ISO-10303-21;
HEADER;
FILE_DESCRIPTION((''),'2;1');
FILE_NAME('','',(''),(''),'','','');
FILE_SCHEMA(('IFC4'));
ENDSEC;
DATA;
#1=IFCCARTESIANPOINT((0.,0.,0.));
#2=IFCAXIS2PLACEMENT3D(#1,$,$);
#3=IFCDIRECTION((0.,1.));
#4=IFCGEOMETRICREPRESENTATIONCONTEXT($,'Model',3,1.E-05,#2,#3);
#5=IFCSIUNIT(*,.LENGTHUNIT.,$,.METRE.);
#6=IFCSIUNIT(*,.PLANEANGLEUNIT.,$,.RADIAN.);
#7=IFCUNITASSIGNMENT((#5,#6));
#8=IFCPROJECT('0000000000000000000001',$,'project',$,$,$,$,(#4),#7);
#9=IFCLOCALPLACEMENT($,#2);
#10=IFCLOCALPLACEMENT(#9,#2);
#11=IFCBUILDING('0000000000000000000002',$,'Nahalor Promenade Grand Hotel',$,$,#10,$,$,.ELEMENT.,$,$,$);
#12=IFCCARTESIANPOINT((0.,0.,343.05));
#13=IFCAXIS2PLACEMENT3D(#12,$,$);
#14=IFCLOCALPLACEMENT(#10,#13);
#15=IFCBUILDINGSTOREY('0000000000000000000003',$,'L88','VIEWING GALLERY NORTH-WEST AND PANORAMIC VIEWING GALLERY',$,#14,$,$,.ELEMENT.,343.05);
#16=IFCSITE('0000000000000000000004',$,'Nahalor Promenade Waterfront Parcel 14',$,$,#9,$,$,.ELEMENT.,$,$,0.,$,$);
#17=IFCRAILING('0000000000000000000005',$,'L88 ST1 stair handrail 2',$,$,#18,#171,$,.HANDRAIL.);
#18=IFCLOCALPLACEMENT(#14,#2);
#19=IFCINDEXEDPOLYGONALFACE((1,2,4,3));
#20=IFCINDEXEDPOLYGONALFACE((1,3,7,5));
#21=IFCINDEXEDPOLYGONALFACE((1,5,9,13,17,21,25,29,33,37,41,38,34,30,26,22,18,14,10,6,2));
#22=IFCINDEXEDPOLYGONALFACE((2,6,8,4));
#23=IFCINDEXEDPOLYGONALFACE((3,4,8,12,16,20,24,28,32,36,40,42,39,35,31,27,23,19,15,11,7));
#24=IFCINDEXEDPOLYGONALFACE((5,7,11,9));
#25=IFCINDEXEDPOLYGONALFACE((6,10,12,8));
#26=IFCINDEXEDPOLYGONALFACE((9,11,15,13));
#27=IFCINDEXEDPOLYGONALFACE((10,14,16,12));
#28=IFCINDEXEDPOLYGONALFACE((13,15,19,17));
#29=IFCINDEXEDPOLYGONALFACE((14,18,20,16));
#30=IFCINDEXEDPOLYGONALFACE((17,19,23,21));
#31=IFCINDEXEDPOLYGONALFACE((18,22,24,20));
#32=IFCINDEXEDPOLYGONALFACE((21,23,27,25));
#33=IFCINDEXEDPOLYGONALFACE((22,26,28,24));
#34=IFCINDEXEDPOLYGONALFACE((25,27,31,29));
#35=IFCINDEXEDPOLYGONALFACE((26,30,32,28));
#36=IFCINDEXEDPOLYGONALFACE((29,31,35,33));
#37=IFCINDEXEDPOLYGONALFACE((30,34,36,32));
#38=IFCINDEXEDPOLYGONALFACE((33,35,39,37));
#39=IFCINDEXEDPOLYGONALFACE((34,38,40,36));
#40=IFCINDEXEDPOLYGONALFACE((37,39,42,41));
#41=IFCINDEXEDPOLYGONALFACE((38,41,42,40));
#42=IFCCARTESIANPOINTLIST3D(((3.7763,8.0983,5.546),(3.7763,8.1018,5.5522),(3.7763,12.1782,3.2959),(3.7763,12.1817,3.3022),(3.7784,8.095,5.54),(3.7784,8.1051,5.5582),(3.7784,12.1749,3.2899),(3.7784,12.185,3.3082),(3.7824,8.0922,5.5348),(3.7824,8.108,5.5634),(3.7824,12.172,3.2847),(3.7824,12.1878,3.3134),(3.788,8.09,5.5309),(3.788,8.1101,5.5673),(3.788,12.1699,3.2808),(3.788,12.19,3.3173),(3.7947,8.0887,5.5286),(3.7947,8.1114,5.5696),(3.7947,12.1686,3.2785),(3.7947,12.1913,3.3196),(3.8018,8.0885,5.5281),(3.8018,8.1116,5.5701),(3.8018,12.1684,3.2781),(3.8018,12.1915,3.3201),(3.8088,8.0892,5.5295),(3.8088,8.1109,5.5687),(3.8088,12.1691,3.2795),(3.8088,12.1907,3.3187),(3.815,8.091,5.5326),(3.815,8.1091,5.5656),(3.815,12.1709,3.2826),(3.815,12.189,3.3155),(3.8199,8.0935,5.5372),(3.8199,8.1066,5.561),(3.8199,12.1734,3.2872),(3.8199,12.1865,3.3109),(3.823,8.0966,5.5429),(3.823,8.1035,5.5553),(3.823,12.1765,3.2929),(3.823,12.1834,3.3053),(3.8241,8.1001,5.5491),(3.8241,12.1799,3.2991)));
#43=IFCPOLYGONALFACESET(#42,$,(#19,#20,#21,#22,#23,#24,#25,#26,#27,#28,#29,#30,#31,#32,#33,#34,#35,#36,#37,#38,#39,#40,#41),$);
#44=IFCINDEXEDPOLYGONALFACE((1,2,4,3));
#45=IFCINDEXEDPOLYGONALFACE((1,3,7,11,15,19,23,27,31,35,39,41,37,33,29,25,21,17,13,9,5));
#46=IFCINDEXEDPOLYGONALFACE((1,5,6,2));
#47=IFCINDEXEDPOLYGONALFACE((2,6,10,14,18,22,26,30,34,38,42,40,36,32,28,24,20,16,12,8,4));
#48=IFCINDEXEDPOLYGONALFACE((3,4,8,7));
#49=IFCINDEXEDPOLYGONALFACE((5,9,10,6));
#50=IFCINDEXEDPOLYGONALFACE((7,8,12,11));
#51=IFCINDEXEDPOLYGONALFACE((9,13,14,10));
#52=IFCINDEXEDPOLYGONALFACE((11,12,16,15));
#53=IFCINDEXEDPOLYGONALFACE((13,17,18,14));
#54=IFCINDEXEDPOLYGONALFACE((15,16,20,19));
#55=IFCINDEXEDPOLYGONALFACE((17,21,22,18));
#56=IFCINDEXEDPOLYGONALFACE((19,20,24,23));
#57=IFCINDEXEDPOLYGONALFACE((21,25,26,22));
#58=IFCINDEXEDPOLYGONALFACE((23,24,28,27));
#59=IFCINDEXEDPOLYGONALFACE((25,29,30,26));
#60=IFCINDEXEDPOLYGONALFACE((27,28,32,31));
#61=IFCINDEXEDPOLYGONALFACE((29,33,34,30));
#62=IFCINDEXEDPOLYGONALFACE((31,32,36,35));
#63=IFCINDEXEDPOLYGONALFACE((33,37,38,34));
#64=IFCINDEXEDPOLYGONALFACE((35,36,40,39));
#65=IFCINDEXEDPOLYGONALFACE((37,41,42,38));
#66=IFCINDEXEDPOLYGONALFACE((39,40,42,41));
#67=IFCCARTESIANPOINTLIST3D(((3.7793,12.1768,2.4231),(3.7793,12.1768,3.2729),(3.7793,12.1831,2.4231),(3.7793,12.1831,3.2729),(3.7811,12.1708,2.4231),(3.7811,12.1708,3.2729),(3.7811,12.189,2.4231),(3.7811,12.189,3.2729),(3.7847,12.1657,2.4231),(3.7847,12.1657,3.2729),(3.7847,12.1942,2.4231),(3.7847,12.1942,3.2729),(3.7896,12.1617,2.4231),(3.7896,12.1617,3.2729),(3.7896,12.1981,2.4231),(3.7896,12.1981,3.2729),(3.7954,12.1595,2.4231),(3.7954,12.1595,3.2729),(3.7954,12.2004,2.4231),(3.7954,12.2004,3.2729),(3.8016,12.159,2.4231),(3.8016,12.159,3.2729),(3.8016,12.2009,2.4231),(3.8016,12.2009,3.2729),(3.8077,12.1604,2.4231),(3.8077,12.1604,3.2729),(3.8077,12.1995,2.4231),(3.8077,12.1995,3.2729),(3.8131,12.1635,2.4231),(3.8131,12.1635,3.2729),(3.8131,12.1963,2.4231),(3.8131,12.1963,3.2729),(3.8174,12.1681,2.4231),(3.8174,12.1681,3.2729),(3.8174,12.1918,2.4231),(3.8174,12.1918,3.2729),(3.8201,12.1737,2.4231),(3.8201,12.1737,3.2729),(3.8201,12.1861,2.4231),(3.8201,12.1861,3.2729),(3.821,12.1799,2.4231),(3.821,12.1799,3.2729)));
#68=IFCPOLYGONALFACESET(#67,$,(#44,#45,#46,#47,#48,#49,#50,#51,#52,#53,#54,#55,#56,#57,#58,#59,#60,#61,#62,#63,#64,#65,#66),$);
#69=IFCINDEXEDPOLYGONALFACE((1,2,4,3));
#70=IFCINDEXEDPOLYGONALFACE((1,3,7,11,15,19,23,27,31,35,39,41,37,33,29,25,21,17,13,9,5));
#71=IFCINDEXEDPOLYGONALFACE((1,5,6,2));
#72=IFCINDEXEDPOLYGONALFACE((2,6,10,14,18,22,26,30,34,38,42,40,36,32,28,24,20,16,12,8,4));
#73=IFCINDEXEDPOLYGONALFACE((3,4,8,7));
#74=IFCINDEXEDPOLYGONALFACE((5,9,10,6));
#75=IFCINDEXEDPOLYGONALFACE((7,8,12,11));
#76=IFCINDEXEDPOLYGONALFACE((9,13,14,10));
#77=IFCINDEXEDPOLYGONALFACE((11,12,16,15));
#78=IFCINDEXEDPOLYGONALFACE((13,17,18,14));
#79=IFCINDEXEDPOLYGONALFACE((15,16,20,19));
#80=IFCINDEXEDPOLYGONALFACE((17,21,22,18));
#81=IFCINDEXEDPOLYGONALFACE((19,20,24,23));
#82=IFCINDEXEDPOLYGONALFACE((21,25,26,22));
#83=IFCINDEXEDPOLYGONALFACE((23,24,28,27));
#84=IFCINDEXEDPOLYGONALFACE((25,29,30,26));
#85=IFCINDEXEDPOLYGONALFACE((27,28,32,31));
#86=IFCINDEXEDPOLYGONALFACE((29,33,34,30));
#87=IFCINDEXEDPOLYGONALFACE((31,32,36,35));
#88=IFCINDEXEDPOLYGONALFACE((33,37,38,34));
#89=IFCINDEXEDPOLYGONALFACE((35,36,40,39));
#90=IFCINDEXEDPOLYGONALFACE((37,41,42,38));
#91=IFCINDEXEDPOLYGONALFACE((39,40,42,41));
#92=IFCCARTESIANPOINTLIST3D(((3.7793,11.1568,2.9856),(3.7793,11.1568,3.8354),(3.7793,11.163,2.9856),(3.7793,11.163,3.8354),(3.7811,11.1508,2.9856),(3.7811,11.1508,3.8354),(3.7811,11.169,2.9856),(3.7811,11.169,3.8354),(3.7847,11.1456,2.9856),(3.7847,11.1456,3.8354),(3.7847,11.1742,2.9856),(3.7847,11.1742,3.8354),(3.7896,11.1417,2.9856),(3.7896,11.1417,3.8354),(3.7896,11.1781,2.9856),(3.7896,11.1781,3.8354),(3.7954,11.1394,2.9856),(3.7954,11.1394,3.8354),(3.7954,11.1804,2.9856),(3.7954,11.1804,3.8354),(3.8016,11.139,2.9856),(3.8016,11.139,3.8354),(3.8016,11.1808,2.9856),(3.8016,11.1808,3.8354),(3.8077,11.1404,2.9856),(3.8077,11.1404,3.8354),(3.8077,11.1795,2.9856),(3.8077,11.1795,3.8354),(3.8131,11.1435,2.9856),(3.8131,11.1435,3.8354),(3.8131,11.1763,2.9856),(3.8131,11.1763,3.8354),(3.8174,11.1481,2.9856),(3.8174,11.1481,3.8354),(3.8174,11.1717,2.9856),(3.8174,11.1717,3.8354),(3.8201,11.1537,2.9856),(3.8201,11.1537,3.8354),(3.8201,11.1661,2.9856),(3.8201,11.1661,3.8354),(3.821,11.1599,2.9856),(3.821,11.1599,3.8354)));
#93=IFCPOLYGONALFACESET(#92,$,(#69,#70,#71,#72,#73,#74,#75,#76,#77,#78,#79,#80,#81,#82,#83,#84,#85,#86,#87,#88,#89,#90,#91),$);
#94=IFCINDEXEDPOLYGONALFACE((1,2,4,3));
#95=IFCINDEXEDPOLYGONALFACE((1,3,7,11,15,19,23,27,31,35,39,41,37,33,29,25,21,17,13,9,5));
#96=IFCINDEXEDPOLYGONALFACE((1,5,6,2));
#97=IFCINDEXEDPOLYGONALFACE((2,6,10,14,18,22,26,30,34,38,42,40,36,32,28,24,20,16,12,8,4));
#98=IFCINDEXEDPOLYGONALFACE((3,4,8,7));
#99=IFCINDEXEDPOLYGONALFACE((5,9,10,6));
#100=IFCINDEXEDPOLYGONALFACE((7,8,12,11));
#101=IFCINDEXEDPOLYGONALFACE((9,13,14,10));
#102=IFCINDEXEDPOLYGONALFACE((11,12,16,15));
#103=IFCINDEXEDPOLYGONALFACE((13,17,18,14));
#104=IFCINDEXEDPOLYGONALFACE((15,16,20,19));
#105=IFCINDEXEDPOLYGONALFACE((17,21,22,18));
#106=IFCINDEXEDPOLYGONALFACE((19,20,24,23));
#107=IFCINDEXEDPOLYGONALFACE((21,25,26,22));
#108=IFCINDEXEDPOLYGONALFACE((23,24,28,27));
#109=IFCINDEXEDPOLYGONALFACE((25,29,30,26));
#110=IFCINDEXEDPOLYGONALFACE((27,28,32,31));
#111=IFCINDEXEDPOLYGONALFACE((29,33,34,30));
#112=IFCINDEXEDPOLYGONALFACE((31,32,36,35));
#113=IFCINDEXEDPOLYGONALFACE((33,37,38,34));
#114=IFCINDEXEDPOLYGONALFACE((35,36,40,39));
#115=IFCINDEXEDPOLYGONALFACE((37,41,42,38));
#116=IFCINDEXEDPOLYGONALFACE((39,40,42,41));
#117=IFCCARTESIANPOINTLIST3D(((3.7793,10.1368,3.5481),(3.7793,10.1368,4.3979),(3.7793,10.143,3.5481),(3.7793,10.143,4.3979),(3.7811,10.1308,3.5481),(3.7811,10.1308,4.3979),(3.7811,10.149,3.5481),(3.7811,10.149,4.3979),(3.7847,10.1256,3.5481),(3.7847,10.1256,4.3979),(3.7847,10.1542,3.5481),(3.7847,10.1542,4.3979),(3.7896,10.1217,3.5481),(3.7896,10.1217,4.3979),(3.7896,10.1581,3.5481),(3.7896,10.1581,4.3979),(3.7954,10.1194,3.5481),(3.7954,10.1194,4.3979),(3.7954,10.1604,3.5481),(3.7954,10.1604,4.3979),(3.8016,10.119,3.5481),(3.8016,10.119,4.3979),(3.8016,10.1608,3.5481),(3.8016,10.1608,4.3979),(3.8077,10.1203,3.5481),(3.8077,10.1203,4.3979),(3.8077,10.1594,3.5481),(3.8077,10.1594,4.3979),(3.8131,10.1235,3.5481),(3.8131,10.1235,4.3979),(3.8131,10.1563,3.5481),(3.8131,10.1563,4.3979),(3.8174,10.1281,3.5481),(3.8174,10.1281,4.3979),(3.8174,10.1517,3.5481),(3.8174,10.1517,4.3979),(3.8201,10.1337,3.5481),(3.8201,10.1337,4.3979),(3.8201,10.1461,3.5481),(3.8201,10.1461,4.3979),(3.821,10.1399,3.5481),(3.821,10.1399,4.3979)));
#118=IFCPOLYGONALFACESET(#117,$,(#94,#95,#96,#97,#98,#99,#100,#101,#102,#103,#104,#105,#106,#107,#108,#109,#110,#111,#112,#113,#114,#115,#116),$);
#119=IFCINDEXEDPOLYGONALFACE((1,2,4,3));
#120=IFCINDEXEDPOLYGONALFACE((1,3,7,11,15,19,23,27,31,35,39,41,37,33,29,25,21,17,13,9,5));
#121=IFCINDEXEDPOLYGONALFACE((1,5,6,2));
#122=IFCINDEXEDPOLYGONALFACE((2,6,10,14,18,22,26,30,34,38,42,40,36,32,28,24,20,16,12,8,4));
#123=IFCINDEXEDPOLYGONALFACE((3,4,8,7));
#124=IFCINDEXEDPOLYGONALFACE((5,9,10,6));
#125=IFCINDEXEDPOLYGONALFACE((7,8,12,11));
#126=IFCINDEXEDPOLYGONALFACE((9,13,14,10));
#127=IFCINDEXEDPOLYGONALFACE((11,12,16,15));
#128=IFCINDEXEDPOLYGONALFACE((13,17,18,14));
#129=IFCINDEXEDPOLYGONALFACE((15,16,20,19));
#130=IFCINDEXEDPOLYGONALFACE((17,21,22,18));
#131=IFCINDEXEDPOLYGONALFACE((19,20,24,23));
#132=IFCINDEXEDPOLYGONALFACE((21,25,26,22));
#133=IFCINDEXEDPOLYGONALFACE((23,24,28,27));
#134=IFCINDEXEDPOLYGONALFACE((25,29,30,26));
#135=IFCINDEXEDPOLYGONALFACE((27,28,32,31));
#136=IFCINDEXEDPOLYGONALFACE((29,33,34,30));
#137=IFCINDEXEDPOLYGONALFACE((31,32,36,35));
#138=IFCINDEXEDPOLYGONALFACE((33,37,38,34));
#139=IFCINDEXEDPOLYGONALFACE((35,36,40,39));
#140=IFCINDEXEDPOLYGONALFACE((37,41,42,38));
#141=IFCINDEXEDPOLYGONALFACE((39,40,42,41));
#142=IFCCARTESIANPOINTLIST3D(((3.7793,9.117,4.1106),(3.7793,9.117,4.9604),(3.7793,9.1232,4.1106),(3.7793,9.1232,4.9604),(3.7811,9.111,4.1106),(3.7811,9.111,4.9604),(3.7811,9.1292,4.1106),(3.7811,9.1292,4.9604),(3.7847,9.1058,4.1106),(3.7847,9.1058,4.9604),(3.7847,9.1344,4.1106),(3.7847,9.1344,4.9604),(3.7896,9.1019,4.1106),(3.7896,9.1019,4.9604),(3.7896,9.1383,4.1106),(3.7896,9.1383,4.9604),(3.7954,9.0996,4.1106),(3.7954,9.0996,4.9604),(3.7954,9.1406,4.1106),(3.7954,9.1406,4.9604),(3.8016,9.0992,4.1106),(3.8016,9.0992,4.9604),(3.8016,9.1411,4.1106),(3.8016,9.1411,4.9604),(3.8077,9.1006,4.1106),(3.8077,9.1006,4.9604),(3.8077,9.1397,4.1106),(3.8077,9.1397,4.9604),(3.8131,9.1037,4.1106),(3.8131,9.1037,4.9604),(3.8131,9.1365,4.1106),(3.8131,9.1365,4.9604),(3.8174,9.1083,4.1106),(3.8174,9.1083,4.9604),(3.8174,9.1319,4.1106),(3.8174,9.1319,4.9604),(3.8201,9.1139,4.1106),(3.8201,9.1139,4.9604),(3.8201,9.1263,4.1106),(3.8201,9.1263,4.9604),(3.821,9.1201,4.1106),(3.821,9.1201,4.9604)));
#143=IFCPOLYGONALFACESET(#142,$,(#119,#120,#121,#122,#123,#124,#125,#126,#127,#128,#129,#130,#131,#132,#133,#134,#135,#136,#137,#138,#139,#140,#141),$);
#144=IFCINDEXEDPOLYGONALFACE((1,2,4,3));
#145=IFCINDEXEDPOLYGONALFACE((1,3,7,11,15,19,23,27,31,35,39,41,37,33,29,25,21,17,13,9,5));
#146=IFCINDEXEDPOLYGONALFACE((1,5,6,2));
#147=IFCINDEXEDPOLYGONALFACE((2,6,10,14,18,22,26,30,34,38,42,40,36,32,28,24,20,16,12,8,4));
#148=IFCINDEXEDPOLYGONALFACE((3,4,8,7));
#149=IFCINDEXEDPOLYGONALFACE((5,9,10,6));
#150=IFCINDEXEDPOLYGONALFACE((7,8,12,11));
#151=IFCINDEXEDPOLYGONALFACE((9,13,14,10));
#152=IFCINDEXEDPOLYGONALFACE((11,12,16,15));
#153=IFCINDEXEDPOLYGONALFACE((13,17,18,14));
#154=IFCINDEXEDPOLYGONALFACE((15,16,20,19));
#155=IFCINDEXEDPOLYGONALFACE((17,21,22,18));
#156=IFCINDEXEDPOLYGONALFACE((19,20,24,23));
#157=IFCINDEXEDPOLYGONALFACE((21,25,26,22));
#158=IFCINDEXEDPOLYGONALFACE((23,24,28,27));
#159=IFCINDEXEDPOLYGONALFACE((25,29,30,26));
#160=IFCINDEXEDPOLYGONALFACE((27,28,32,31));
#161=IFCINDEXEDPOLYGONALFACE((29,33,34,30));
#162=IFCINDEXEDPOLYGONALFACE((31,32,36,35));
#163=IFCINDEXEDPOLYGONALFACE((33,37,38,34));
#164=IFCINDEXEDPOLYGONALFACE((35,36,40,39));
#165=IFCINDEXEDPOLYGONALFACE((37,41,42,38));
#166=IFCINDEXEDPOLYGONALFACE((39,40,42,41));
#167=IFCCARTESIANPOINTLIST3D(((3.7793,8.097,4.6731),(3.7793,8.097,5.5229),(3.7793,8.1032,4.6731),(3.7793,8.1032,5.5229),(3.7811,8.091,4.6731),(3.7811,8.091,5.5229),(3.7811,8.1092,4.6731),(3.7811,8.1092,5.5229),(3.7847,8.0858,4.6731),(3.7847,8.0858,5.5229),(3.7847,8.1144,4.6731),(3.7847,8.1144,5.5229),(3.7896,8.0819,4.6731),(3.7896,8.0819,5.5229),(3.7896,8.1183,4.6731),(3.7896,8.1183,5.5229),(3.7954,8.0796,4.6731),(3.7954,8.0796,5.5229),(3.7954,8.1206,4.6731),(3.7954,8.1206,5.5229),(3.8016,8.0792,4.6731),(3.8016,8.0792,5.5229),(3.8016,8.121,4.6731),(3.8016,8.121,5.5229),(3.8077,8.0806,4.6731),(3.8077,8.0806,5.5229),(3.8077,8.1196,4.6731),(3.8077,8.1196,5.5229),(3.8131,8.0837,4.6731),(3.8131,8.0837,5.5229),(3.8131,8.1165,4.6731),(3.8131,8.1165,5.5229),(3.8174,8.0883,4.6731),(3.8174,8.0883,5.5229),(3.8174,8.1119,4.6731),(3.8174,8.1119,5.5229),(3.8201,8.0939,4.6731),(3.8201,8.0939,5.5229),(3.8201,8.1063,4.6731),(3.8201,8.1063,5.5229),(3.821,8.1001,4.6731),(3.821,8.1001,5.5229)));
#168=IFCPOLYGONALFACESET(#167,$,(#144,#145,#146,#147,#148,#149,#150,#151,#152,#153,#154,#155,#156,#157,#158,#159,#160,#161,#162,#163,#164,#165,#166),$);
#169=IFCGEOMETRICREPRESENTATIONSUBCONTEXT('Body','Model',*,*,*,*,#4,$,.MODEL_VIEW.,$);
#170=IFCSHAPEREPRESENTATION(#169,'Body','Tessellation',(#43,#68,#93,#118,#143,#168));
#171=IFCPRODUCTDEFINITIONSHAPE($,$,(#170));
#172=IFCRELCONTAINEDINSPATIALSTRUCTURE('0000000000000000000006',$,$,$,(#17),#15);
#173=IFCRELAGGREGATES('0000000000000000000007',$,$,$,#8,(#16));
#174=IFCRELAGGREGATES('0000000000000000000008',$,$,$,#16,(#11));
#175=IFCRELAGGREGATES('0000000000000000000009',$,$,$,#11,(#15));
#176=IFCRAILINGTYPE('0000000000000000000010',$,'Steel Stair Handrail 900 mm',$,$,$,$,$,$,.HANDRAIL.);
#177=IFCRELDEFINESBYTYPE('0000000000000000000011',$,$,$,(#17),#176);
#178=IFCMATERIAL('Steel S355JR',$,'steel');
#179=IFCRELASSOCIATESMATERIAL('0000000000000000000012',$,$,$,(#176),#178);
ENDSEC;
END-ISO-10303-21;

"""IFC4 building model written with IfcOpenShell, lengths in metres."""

from ifc_helpers import new_model, si_unit, direction, frame, origin, origin_2d, place, context, subcontext, project, spatial, circle, extrude, material, type_object, element, save


model = new_model("IFC4")

# Units and contexts
model_context = context("Model", 3, precision=1e-05, world=origin(), true_north=direction((0.0, 1.0)))
body_context = subcontext(model_context, "Body", "Model", "MODEL_VIEW")
ifc_project = project(units=[si_unit("LENGTHUNIT", "METRE"), si_unit("PLANEANGLEUNIT", "RADIAN")], contexts=[model_context])

# Site, building, storey
site_placement = place(None, origin())
site = spatial("IfcSite", under=ifc_project, at=site_placement, Name="Nahalor Promenade Waterfront Parcel 14", CompositionType="ELEMENT", RefElevation=0.0)
building_placement = place(site_placement, origin())
building = spatial("IfcBuilding", under=site, at=building_placement, Name="Nahalor Promenade Grand Hotel", CompositionType="ELEMENT")
storey_placement = place(building_placement, frame((0.0, 0.0, 343.05)))
storey = spatial("IfcBuildingStorey", under=building, at=storey_placement, Name="L88", Description="VIEWING GALLERY NORTH-WEST AND PANORAMIC VIEWING GALLERY", CompositionType="ELEMENT", Elevation=343.05)

# Shared definitions
ifc_material_1 = material(Name="Steel S355JR", Category="steel")

# Railing
railing_type_1 = type_object("IfcRailingType", Name="Steel Stair Handrail 900 mm", PredefinedType="HANDRAIL", material=ifc_material_1)
railing_1_placement = place(storey_placement, frame((3.8, 12.1799, 2.4231)))
element("IfcRailing", 1, at=railing_1_placement, inside=storey, type_object=railing_type_1, Name="L88 ST1 stair handrail 2", PredefinedType="HANDRAIL", context=body_context, shape_type="SweptSolid", body=[
    extrude(circle(Radius=0.024, at=origin_2d()), frame((0.0, 0.0, 0.876), z_axis=(0.0, -0.875663, 0.482922), x_axis=(1.0, 0.0, 0.0)), (0.0, 0.0, 1.0), 4.6592),
    extrude(circle(Radius=0.021, at=origin_2d()), origin(), (0.0, 0.0, 1.0), 0.8499),
    extrude(circle(Radius=0.021, at=origin_2d()), frame((0.0, -1.02, 0.5625)), (0.0, 0.0, 1.0), 0.8499),
    extrude(circle(Radius=0.021, at=origin_2d()), frame((0.0, -2.04, 1.125)), (0.0, 0.0, 1.0), 0.8499),
    extrude(circle(Radius=0.021, at=origin_2d()), frame((0.0, -3.0598, 1.6875)), (0.0, 0.0, 1.0), 0.8499),
    extrude(circle(Radius=0.021, at=origin_2d()), frame((0.0, -4.0798, 2.25)), (0.0, 0.0, 1.0), 0.8499),
])

save(model, "model.ifc")
